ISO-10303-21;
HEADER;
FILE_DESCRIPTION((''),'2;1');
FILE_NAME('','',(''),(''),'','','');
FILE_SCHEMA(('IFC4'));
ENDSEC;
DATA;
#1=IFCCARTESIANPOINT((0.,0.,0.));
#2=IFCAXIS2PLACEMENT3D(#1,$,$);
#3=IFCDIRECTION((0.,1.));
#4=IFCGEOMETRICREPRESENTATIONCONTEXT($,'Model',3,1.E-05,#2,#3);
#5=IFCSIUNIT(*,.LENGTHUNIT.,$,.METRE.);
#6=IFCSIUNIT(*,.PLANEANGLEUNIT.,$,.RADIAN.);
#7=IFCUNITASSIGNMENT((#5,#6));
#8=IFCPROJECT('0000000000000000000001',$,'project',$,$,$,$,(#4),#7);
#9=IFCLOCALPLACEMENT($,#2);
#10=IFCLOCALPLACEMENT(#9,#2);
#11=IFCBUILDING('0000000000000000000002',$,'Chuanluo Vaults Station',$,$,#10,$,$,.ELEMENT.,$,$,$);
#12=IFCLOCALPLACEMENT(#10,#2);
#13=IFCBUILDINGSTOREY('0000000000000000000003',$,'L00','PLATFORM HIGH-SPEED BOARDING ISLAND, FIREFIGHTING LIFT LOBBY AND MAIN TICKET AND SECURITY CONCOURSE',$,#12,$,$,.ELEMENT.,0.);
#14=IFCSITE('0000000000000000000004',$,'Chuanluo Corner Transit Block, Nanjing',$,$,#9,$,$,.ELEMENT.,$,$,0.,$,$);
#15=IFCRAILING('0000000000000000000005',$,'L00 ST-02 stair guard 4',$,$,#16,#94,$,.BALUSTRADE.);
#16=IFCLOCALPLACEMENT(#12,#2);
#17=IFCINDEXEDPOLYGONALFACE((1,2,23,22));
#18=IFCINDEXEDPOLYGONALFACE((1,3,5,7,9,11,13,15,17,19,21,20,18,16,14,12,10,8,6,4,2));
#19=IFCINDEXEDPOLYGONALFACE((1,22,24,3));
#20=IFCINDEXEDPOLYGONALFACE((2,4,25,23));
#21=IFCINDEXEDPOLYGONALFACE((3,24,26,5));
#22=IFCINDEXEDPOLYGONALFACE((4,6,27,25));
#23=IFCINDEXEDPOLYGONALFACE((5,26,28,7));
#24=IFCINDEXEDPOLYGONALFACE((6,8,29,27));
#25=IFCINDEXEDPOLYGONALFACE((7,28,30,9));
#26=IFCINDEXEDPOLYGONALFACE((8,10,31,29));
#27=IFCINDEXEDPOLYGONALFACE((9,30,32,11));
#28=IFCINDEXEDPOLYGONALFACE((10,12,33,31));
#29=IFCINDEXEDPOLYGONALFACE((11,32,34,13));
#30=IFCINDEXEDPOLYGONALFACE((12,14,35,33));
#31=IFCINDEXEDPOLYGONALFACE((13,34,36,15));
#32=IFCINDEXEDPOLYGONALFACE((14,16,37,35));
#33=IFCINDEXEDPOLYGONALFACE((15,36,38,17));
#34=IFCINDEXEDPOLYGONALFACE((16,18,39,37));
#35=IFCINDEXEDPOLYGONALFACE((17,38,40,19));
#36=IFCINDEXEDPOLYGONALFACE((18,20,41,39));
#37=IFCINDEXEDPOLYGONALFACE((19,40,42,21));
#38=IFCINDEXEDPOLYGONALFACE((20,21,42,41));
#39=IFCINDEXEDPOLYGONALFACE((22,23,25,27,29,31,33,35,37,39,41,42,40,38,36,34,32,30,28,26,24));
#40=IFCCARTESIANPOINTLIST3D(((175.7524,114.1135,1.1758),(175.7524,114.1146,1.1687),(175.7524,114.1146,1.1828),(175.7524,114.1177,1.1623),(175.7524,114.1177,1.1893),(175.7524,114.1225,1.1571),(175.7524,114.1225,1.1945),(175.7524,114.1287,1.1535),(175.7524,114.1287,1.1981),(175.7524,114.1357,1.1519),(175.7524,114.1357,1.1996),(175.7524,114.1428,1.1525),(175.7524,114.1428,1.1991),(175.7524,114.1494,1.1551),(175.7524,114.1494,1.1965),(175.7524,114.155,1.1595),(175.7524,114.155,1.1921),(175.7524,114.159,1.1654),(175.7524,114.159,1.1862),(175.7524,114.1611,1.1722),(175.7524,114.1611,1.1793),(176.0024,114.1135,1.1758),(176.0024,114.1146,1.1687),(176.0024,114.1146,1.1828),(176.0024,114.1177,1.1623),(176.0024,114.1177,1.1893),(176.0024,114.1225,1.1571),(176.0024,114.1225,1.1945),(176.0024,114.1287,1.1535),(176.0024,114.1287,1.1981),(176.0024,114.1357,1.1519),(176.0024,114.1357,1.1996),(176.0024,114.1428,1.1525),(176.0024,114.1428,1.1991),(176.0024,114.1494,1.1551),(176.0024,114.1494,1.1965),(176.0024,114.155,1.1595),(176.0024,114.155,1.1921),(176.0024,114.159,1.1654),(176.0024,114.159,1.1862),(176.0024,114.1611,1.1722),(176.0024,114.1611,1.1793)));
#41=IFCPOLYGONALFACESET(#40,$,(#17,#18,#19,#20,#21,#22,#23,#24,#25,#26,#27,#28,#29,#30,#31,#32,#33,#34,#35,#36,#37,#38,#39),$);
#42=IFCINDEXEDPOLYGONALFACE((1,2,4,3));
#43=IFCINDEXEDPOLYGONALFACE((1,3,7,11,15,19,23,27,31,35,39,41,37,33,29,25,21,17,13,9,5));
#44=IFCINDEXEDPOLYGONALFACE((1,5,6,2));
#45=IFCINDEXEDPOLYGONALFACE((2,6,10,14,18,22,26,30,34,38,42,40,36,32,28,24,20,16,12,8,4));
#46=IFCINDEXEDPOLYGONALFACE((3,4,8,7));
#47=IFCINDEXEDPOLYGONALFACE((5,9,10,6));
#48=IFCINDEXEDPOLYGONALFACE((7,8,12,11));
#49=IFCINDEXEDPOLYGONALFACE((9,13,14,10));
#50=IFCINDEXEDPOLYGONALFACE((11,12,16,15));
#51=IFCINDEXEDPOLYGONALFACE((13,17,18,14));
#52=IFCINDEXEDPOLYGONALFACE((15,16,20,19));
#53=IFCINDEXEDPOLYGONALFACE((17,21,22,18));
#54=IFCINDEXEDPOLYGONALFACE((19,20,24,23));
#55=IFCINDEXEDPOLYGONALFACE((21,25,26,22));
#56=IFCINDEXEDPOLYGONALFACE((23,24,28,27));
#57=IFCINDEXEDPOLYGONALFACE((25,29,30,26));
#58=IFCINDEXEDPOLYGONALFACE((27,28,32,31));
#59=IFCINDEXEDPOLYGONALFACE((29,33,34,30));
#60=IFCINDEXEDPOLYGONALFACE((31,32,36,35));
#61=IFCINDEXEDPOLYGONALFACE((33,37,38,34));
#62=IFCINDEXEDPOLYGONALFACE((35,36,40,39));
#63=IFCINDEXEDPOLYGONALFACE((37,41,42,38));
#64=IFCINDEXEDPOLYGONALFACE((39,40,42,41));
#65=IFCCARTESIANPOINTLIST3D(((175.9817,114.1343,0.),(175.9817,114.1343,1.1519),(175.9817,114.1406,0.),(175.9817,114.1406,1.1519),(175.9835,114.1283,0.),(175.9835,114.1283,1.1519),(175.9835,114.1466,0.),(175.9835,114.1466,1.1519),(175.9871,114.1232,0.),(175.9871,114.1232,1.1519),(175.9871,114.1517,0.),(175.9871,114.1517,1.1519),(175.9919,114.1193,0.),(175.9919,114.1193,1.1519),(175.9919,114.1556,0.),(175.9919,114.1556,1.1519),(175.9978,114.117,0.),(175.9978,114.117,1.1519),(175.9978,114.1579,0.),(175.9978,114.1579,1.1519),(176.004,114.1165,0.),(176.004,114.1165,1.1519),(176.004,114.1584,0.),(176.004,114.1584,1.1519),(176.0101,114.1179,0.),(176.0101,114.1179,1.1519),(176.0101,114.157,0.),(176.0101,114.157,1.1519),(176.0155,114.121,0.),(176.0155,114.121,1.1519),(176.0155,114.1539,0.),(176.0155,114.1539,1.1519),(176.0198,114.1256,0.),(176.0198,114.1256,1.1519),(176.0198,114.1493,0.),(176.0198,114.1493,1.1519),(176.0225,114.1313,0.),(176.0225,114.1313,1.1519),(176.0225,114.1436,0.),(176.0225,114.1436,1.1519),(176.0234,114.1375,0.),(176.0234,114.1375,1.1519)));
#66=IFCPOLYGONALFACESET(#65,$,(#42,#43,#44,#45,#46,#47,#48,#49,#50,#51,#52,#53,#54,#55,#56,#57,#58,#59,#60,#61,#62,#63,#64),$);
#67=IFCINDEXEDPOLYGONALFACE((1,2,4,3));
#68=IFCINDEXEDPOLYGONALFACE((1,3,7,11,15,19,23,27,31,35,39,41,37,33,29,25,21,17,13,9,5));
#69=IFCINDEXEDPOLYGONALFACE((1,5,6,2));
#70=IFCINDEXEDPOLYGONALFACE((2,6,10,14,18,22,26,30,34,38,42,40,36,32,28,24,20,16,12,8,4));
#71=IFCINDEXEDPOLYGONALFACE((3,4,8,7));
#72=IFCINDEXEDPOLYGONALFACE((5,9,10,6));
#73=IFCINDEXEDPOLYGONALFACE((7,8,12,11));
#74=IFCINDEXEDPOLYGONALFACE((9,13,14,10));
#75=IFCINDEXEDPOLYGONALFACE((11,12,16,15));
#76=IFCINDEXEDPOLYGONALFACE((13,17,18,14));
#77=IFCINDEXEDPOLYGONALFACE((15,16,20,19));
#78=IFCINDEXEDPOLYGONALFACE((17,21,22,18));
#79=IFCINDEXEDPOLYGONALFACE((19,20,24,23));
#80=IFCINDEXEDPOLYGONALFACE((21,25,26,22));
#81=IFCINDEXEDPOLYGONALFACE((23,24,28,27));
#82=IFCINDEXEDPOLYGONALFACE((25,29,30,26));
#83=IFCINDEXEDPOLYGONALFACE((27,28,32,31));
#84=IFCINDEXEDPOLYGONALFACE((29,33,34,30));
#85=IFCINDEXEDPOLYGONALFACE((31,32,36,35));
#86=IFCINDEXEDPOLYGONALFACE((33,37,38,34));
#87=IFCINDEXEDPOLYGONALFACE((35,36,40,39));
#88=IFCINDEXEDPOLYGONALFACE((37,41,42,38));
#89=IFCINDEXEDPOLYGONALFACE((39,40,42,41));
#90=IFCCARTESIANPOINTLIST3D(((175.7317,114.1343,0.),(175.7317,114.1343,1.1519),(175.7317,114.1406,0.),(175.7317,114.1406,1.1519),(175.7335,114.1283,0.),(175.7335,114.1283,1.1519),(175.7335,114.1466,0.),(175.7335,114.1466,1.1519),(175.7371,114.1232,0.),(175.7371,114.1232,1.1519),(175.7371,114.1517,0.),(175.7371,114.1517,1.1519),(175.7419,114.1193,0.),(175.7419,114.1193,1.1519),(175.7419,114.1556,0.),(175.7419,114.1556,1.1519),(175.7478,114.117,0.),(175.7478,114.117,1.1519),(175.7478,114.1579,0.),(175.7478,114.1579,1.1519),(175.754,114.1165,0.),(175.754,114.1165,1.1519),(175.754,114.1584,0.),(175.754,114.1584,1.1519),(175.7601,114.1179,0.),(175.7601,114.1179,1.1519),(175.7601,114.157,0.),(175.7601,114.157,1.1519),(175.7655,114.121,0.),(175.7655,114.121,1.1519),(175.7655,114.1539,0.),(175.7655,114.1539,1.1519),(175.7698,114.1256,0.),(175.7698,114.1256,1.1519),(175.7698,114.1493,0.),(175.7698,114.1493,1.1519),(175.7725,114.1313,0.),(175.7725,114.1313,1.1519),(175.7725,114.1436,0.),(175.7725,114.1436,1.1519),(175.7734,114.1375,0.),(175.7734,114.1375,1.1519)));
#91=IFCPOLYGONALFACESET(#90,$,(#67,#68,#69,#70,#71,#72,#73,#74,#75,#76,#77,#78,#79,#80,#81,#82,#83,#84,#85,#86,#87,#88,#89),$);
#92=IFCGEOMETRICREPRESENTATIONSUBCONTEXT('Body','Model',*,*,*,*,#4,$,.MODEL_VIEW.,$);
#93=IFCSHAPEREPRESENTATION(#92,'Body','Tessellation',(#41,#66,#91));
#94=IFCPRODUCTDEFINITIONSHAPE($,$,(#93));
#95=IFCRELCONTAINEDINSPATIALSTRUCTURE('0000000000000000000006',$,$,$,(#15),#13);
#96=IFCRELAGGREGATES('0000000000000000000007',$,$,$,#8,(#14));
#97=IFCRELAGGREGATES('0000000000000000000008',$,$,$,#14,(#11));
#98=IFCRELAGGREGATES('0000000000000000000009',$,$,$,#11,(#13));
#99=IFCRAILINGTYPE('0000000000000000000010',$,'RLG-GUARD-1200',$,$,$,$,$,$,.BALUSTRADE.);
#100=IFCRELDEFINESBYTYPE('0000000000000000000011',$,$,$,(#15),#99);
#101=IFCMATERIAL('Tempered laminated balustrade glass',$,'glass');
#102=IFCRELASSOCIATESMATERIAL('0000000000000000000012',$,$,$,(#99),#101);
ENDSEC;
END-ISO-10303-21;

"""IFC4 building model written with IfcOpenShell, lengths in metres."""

from ifc_helpers import new_model, si_unit, direction, frame, origin, origin_2d, place, context, subcontext, project, spatial, circle, extrude, material, type_object, element, save


model = new_model("IFC4")

# Units and contexts
model_context = context("Model", 3, precision=1e-05, world=origin(), true_north=direction((0.0, 1.0)))
body_context = subcontext(model_context, "Body", "Model", "MODEL_VIEW")
ifc_project = project(units=[si_unit("LENGTHUNIT", "METRE"), si_unit("PLANEANGLEUNIT", "RADIAN")], contexts=[model_context])

# Site, building, storey
site_placement = place(None, origin())
site = spatial("IfcSite", under=ifc_project, at=site_placement, Name="Chuanluo Corner Transit Block, Nanjing", CompositionType="ELEMENT", RefElevation=0.0)
building_placement = place(site_placement, origin())
building = spatial("IfcBuilding", under=site, at=building_placement, Name="Chuanluo Vaults Station", CompositionType="ELEMENT")
storey_placement = place(building_placement, origin())
storey = spatial("IfcBuildingStorey", under=building, at=storey_placement, Name="L00", Description="PLATFORM HIGH-SPEED BOARDING ISLAND, FIREFIGHTING LIFT LOBBY AND MAIN TICKET AND SECURITY CONCOURSE", CompositionType="ELEMENT", Elevation=0.0)

# Railing
ifc_material_1 = material(Name="Tempered laminated balustrade glass", Category="glass")
railing_type = type_object("IfcRailingType", Name="RLG-GUARD-1200", PredefinedType="BALUSTRADE", material=ifc_material_1)
railing_placement = place(storey_placement, frame((176.0024, 114.1375, 0.0)))
element("IfcRailing", 1, at=railing_placement, inside=storey, type_object=railing_type, Name="L00 ST-02 stair guard 4", PredefinedType="BALUSTRADE", context=body_context, shape_type="SweptSolid", body=[
    extrude(circle(Radius=0.0239, at=origin_2d()), frame((0.0, 0.0, 1.1758), z_axis=(-1.0, 0.0, 0.0), x_axis=(0.0, -1.0, 0.0)), (0.0, 0.0, 1.0), 0.25),
    extrude(circle(Radius=0.021, at=origin_2d()), origin(), (0.0, 0.0, 1.0), 1.1519),
    extrude(circle(Radius=0.021, at=origin_2d()), frame((-0.25, 0.0, 0.0)), (0.0, 0.0, 1.0), 1.1519),
])

save(model, "model.ifc")
